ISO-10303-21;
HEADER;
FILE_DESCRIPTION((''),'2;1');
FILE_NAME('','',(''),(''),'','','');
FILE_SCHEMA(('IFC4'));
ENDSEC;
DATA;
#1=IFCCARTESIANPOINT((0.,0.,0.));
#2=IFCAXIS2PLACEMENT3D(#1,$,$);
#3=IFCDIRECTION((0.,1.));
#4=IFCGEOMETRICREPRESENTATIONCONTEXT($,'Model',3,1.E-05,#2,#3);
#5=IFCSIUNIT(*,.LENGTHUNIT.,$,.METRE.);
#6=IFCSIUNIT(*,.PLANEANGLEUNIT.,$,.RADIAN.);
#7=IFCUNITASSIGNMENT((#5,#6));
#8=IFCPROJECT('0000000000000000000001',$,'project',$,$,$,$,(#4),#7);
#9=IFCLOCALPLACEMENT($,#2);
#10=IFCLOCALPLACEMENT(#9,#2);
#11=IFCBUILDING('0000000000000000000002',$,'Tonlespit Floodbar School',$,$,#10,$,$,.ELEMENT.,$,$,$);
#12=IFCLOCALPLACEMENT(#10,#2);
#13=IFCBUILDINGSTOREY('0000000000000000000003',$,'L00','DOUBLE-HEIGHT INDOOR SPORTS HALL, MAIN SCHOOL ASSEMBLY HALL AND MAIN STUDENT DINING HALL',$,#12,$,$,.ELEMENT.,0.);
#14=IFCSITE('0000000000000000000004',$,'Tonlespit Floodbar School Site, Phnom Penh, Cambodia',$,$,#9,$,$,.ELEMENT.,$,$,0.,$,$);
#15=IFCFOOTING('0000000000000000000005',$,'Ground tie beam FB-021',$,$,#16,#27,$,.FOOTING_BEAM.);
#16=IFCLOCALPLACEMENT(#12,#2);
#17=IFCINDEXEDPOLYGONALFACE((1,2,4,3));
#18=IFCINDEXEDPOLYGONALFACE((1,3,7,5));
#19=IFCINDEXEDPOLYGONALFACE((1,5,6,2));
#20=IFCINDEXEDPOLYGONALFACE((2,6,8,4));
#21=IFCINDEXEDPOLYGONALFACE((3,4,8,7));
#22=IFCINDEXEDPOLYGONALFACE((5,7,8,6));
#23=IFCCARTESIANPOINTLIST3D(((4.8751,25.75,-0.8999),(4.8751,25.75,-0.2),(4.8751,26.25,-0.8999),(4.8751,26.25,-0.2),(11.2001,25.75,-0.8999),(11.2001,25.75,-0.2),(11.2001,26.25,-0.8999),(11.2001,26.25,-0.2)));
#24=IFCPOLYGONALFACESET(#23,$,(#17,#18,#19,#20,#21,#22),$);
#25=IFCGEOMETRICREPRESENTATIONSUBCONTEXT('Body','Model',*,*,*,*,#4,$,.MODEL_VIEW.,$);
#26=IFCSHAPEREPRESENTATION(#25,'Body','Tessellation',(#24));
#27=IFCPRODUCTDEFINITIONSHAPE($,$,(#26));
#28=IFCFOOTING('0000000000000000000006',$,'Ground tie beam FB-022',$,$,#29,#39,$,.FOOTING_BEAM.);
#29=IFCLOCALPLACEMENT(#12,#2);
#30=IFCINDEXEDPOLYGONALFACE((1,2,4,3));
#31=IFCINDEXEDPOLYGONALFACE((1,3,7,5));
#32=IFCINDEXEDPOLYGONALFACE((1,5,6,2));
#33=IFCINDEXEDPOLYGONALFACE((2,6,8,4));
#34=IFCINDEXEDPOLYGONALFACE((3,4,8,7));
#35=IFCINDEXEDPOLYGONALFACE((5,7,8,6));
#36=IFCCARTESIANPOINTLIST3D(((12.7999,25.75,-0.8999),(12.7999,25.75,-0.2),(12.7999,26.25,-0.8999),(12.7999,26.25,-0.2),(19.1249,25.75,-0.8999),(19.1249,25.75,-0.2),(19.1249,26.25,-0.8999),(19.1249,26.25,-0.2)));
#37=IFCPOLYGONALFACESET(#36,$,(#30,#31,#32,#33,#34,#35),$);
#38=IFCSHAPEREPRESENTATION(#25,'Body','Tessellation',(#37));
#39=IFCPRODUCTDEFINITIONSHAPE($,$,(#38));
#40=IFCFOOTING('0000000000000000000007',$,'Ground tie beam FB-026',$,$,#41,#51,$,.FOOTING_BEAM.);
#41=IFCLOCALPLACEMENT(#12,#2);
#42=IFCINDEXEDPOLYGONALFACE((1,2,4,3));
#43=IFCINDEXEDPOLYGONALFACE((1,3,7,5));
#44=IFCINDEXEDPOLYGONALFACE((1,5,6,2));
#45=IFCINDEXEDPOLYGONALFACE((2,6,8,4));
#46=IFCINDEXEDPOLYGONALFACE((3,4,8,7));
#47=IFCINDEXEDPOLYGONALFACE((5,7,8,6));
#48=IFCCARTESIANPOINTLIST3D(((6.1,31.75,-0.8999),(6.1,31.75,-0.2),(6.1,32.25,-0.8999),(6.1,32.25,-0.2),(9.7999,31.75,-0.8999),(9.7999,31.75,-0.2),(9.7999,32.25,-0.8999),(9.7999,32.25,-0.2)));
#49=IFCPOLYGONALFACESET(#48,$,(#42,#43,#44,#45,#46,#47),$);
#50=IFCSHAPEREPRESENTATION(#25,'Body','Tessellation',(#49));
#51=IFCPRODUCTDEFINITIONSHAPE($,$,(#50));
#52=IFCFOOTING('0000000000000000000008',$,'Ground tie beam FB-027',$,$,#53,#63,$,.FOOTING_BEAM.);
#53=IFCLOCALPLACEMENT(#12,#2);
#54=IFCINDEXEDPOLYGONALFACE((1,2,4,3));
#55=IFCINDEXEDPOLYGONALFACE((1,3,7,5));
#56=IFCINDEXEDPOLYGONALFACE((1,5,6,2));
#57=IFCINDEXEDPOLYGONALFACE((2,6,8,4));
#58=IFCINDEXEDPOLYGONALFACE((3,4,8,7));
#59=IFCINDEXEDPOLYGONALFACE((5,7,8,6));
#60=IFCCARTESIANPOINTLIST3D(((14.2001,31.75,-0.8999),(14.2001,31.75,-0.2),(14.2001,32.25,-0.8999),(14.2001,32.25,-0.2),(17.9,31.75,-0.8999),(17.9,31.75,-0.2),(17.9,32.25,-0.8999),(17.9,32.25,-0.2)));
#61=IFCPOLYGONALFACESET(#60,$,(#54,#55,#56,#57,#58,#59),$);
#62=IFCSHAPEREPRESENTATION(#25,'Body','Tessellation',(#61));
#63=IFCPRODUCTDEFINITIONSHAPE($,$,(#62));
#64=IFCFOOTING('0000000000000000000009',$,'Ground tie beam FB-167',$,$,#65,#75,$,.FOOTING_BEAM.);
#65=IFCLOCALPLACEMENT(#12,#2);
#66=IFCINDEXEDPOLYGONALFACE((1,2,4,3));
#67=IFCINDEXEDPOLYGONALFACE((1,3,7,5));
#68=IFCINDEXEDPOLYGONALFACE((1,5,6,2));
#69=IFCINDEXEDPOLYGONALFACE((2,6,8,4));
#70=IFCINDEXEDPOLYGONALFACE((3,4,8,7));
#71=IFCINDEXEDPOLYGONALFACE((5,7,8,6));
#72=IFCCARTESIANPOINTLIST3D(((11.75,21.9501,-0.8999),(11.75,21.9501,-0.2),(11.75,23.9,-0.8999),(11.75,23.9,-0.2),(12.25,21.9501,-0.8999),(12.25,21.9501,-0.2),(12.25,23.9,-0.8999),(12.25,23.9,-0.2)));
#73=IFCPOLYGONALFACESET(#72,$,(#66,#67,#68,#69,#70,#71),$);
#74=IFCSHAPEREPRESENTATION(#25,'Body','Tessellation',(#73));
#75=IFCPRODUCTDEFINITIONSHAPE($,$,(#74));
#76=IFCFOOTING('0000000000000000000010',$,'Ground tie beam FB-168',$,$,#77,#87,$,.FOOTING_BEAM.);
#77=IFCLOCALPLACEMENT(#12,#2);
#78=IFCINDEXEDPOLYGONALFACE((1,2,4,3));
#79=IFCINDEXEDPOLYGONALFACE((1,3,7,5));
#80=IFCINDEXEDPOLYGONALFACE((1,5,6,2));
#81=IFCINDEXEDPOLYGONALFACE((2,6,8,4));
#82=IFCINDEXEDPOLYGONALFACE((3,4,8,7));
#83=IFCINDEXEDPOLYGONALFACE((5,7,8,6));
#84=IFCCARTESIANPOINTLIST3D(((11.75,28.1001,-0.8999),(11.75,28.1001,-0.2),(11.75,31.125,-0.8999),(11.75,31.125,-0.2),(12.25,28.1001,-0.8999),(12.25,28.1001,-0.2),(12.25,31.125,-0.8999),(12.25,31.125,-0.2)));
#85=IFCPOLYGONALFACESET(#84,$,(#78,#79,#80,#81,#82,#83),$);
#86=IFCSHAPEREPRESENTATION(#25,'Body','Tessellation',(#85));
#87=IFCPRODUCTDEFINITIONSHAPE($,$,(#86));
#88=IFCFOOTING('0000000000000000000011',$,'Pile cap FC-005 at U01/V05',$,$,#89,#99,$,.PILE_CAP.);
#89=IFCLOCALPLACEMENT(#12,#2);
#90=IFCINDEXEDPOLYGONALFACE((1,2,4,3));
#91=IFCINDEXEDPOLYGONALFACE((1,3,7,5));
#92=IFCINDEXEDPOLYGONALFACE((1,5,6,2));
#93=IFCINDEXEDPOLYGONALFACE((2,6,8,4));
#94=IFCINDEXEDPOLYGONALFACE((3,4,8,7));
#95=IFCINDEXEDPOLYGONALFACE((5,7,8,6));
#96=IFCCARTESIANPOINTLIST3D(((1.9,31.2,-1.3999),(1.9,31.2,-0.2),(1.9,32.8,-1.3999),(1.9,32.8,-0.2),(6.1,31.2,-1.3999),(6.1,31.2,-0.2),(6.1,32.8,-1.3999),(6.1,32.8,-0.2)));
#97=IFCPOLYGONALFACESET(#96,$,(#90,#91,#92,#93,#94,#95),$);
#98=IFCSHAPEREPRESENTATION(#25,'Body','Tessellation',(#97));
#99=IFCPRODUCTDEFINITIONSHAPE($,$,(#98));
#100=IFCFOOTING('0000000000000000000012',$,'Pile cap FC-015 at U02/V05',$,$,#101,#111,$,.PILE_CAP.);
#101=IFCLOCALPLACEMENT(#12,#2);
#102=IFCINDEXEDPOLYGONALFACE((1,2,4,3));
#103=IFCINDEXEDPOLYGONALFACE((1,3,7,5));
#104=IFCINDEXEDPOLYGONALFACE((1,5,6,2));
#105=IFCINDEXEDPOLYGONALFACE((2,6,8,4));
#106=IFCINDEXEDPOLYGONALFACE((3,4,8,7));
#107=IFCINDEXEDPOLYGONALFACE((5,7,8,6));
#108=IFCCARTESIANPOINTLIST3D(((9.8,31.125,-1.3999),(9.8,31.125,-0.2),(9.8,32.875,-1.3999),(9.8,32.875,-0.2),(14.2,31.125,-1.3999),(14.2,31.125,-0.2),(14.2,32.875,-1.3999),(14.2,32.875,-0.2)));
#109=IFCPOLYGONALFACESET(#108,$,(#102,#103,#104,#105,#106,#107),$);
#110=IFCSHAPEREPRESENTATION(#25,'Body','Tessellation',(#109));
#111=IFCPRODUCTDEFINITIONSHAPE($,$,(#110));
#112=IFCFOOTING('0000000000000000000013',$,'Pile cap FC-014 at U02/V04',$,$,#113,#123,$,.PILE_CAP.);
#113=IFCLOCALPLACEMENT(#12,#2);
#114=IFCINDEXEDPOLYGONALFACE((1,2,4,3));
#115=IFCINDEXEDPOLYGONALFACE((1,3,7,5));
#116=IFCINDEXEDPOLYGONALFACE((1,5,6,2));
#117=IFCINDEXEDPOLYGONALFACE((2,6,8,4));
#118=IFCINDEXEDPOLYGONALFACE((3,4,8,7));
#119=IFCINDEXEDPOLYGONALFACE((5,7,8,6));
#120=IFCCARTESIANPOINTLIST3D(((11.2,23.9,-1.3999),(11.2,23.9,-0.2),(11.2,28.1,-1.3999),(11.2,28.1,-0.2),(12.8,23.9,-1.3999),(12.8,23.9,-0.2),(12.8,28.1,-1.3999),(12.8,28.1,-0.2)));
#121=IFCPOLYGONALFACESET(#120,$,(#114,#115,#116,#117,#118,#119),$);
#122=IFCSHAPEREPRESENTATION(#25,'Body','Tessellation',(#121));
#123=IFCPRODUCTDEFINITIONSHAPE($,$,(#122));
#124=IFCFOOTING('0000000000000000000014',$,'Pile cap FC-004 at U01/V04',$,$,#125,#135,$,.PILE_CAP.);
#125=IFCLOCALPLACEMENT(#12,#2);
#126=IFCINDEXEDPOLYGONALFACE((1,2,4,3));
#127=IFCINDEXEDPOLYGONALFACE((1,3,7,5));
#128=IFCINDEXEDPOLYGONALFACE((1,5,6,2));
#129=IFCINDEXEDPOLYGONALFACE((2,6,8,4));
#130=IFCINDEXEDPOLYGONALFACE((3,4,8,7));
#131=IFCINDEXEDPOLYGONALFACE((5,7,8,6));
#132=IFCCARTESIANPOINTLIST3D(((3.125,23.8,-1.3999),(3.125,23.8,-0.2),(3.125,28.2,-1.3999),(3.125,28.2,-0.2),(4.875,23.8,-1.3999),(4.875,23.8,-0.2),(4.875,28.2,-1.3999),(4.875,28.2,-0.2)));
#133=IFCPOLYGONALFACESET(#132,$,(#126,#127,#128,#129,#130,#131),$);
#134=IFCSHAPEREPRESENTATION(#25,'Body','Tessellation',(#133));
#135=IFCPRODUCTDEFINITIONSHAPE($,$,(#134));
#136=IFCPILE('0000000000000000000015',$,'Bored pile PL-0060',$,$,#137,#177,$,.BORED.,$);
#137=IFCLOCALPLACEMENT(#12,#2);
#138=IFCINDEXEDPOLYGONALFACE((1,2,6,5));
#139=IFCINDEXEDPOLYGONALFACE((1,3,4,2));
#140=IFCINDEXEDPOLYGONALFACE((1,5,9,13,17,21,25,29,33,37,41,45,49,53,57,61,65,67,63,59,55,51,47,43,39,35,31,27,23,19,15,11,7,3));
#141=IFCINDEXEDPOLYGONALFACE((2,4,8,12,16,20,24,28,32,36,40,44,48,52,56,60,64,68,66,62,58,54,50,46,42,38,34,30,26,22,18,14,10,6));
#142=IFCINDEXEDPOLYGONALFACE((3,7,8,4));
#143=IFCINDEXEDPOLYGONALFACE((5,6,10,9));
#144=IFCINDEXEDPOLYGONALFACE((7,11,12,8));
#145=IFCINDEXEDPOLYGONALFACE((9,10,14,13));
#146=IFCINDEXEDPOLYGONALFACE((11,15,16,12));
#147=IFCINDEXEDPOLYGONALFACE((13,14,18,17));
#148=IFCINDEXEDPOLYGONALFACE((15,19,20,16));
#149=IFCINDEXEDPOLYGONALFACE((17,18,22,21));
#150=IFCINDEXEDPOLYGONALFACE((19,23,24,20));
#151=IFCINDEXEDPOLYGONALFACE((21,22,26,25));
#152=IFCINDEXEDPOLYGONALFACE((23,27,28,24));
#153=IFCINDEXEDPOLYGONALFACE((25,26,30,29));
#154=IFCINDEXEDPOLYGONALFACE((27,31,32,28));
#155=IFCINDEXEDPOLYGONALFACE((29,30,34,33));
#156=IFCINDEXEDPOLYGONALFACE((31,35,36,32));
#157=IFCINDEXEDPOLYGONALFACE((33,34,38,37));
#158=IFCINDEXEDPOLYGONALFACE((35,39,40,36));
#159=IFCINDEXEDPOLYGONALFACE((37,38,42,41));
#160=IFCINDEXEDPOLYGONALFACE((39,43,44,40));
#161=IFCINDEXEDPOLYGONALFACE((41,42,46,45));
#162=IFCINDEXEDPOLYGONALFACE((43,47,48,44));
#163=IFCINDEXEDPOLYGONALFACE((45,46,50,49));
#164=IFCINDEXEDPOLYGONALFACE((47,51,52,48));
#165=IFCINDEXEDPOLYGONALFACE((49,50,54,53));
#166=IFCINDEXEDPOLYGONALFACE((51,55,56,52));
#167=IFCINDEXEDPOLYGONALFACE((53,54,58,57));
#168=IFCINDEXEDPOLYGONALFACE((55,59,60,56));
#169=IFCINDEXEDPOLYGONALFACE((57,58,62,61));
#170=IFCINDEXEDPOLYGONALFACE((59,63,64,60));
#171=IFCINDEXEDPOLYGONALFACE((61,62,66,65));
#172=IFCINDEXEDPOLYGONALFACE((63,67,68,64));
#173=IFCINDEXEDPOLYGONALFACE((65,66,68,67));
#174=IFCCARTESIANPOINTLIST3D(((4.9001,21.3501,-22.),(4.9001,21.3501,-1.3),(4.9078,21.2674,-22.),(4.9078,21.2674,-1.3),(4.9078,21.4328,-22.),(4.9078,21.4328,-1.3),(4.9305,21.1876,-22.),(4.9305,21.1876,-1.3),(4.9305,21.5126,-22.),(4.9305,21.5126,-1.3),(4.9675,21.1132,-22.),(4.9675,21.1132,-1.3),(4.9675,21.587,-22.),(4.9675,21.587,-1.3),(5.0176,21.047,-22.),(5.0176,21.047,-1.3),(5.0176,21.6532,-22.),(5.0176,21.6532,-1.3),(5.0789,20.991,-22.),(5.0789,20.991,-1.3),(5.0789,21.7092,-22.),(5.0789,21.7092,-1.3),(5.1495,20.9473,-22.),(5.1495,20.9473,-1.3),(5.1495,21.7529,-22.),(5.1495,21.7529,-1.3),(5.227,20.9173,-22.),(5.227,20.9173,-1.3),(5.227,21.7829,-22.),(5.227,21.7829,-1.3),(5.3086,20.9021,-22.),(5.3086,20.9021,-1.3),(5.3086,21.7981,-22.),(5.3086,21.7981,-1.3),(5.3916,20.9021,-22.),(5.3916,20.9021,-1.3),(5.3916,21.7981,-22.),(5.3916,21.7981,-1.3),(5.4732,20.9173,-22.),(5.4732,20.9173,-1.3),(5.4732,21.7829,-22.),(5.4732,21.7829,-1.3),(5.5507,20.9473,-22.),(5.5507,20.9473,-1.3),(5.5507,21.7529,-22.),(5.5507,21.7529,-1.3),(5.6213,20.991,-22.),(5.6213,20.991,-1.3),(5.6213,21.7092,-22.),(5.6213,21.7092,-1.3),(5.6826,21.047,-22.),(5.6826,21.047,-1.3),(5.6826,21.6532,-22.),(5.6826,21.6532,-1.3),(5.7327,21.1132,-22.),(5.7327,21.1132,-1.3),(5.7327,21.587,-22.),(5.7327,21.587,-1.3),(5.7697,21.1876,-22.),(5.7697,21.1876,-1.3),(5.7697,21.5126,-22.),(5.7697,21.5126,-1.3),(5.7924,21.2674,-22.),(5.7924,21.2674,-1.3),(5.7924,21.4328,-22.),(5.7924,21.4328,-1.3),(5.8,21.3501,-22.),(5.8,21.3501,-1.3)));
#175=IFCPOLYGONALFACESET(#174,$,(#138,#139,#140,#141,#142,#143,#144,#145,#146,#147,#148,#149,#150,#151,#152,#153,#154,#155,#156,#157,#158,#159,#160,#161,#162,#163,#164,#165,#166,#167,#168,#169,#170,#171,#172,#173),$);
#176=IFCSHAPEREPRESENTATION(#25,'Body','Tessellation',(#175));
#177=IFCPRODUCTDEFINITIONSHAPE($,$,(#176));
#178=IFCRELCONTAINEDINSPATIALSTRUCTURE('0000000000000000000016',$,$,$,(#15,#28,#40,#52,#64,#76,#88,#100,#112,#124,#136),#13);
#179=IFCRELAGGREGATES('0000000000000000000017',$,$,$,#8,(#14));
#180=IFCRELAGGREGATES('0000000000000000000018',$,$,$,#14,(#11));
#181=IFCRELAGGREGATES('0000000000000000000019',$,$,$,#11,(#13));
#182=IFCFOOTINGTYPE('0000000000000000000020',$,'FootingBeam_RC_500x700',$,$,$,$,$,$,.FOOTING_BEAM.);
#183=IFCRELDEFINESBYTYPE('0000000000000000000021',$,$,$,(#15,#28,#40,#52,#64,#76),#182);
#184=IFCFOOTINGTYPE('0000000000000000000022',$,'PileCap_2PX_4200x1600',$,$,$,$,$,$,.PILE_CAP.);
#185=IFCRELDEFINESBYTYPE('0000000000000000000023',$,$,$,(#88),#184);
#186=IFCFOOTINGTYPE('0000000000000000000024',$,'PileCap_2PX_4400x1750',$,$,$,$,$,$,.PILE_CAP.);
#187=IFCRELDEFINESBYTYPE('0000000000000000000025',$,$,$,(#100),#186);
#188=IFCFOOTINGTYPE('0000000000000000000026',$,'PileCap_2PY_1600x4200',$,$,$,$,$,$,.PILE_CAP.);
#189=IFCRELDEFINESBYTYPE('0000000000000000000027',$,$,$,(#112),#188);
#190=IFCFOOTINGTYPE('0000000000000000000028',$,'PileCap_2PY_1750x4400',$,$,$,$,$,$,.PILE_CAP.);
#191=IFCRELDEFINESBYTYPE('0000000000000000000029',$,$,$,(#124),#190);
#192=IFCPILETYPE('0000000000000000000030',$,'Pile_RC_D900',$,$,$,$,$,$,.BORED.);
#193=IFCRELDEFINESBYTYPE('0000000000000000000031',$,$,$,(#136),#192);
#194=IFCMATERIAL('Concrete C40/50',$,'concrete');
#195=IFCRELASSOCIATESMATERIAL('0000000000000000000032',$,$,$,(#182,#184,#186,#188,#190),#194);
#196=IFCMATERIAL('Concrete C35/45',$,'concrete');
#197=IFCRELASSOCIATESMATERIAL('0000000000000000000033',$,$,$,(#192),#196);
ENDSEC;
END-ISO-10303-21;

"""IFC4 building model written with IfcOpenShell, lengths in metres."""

from ifc_helpers import new_model, si_unit, direction, frame, origin, origin_2d, place, context, subcontext, project, spatial, rectangle, circle, extrude, material, material_profile, profile_set, type_object, element, save


model = new_model("IFC4")

# Units and contexts
model_context = context("Model", 3, precision=1e-05, world=origin(), true_north=direction((0.0, 1.0)))
body_context = subcontext(model_context, "Body", "Model", "MODEL_VIEW")
ifc_project = project(units=[si_unit("LENGTHUNIT", "METRE"), si_unit("PLANEANGLEUNIT", "RADIAN")], contexts=[model_context])

# Site, building, storey
site_placement = place(None, origin())
site = spatial("IfcSite", under=ifc_project, at=site_placement, Name="Tonlespit Floodbar School Site, Phnom Penh, Cambodia", CompositionType="ELEMENT", RefElevation=0.0)
building_placement = place(site_placement, origin())
building = spatial("IfcBuilding", under=site, at=building_placement, Name="Tonlespit Floodbar School", CompositionType="ELEMENT")
storey_placement = place(building_placement, origin())
storey = spatial("IfcBuildingStorey", under=building, at=storey_placement, Name="L00", Description="DOUBLE-HEIGHT INDOOR SPORTS HALL, MAIN SCHOOL ASSEMBLY HALL AND MAIN STUDENT DINING HALL", CompositionType="ELEMENT", Elevation=0.0)

# Footings
ifc_material_1 = material(Name="Concrete C40/50", Category="concrete")
footing_type_1 = type_object("IfcFootingType", Name="FootingBeam_RC_500x700", PredefinedType="FOOTING_BEAM", material=ifc_material_1)
for number, where, z_axis, x_axis, name in (
    (1, (8.0376, 26.0, -0.8999), (0.0, 0.0, 1.0), (1.0, 0.0, 0.0), "Ground tie beam FB-021"),
    (2, (15.9624, 26.0, -0.8999), (0.0, 0.0, 1.0), (1.0, 0.0, 0.0), "Ground tie beam FB-022"),
):
    element("IfcFooting", number, at=place(storey_placement, frame(where, z_axis=z_axis, x_axis=x_axis)), inside=storey, type_object=footing_type_1, Name=name, PredefinedType="FOOTING_BEAM", context=body_context, shape_type="SweptSolid", body=[
        extrude(rectangle(XDim=6.325, YDim=0.5, at=origin_2d()), origin(), (0.0, 0.0, 1.0), 0.7),
    ])
for number, where, z_axis, x_axis, name in (
    (3, (7.95, 32.0, -0.8999), (0.0, 0.0, 1.0), (1.0, 0.0, 0.0), "Ground tie beam FB-026"),
    (4, (16.05, 32.0, -0.8999), (0.0, 0.0, 1.0), (1.0, 0.0, 0.0), "Ground tie beam FB-027"),
):
    element("IfcFooting", number, at=place(storey_placement, frame(where, z_axis=z_axis, x_axis=x_axis)), inside=storey, type_object=footing_type_1, Name=name, PredefinedType="FOOTING_BEAM", context=body_context, shape_type="SweptSolid", body=[
        extrude(rectangle(XDim=3.7, YDim=0.5, at=origin_2d()), origin(), (0.0, 0.0, 1.0), 0.7),
    ])
footing_1_placement = place(storey_placement, frame((12.0, 22.925, -0.8999), z_axis=(0.0, 0.0, 1.0), x_axis=(0.0, 1.0, 0.0)))
element("IfcFooting", 5, at=footing_1_placement, inside=storey, type_object=footing_type_1, Name="Ground tie beam FB-167", PredefinedType="FOOTING_BEAM", context=body_context, shape_type="SweptSolid", body=[
    extrude(rectangle(XDim=1.95, YDim=0.5, at=origin_2d()), origin(), (0.0, 0.0, 1.0), 0.7),
])
footing_2_placement = place(storey_placement, frame((12.0, 29.6125, -0.8999), z_axis=(0.0, 0.0, 1.0), x_axis=(0.0, 1.0, 0.0)))
element("IfcFooting", 6, at=footing_2_placement, inside=storey, type_object=footing_type_1, Name="Ground tie beam FB-168", PredefinedType="FOOTING_BEAM", context=body_context, shape_type="SweptSolid", body=[
    extrude(rectangle(XDim=3.0249, YDim=0.5, at=origin_2d()), origin(), (0.0, 0.0, 1.0), 0.7),
])
footing_type_2 = type_object("IfcFootingType", Name="PileCap_2PX_4200x1600", PredefinedType="PILE_CAP", material=ifc_material_1)
footing_3_placement = place(storey_placement, frame((4.0, 32.0, -1.3999), z_axis=(0.0, 0.0, 1.0), x_axis=(1.0, 0.0, 0.0)))
element("IfcFooting", 7, at=footing_3_placement, inside=storey, type_object=footing_type_2, Name="Pile cap FC-005 at U01/V05", PredefinedType="PILE_CAP", context=body_context, shape_type="SweptSolid", body=[
    extrude(rectangle(XDim=4.2, YDim=1.6001, at=origin_2d()), origin(), (0.0, 0.0, 1.0), 1.2),
])
footing_type_3 = type_object("IfcFootingType", Name="PileCap_2PX_4400x1750", PredefinedType="PILE_CAP", material=ifc_material_1)
footing_4_placement = place(storey_placement, frame((12.0, 32.0, -1.3999), z_axis=(0.0, 0.0, 1.0), x_axis=(1.0, 0.0, 0.0)))
element("IfcFooting", 8, at=footing_4_placement, inside=storey, type_object=footing_type_3, Name="Pile cap FC-015 at U02/V05", PredefinedType="PILE_CAP", context=body_context, shape_type="SweptSolid", body=[
    extrude(rectangle(XDim=4.3999, YDim=1.75, at=origin_2d()), origin(), (0.0, 0.0, 1.0), 1.2),
])
footing_type_4 = type_object("IfcFootingType", Name="PileCap_2PY_1600x4200", PredefinedType="PILE_CAP", material=ifc_material_1)
footing_5_placement = place(storey_placement, frame((12.0, 26.0, -1.3999), z_axis=(0.0, 0.0, 1.0), x_axis=(1.0, 0.0, 0.0)))
element("IfcFooting", 9, at=footing_5_placement, inside=storey, type_object=footing_type_4, Name="Pile cap FC-014 at U02/V04", PredefinedType="PILE_CAP", context=body_context, shape_type="SweptSolid", body=[
    extrude(rectangle(XDim=1.6001, YDim=4.2, at=origin_2d()), origin(), (0.0, 0.0, 1.0), 1.2),
])
footing_type_5 = type_object("IfcFootingType", Name="PileCap_2PY_1750x4400", PredefinedType="PILE_CAP", material=ifc_material_1)
footing_6_placement = place(storey_placement, frame((4.0, 26.0, -1.3999), z_axis=(0.0, 0.0, 1.0), x_axis=(1.0, 0.0, 0.0)))
element("IfcFooting", 10, at=footing_6_placement, inside=storey, type_object=footing_type_5, Name="Pile cap FC-004 at U01/V04", PredefinedType="PILE_CAP", context=body_context, shape_type="SweptSolid", body=[
    extrude(rectangle(XDim=1.75, YDim=4.3999, at=origin_2d()), origin(), (0.0, 0.0, 1.0), 1.2),
])

# Pile
ifc_material_2 = material(Name="Concrete C35/45", Category="concrete")
ifc_material_profile_1 = material_profile(ifc_material_2, circle(Radius=0.45, at=origin_2d()), Name="BP D900")
ifc_profile_set_1 = profile_set([ifc_material_profile_1], Name="Concrete C35/45")
pile_type = type_object("IfcPileType", Name="Pile_RC_D900", PredefinedType="BORED", material=ifc_profile_set_1)
for number, where, z_axis, x_axis, name in (
    (11, (5.3501, 21.3501, -1.3), (0.0, 0.0, -1.0), (1.0, 0.0, 0.0), "Bored pile PL-0060"),
):
    element("IfcPile", number, at=place(storey_placement, frame(where, z_axis=z_axis, x_axis=x_axis)), inside=storey, type_object=pile_type, Name=name, PredefinedType="BORED", context=body_context, shape_type="SweptSolid", body=[
        extrude(circle(Radius=0.45, at=origin_2d()), origin(), (0.0, 0.0, 1.0), 20.7),
    ])

save(model, "model.ifc")
